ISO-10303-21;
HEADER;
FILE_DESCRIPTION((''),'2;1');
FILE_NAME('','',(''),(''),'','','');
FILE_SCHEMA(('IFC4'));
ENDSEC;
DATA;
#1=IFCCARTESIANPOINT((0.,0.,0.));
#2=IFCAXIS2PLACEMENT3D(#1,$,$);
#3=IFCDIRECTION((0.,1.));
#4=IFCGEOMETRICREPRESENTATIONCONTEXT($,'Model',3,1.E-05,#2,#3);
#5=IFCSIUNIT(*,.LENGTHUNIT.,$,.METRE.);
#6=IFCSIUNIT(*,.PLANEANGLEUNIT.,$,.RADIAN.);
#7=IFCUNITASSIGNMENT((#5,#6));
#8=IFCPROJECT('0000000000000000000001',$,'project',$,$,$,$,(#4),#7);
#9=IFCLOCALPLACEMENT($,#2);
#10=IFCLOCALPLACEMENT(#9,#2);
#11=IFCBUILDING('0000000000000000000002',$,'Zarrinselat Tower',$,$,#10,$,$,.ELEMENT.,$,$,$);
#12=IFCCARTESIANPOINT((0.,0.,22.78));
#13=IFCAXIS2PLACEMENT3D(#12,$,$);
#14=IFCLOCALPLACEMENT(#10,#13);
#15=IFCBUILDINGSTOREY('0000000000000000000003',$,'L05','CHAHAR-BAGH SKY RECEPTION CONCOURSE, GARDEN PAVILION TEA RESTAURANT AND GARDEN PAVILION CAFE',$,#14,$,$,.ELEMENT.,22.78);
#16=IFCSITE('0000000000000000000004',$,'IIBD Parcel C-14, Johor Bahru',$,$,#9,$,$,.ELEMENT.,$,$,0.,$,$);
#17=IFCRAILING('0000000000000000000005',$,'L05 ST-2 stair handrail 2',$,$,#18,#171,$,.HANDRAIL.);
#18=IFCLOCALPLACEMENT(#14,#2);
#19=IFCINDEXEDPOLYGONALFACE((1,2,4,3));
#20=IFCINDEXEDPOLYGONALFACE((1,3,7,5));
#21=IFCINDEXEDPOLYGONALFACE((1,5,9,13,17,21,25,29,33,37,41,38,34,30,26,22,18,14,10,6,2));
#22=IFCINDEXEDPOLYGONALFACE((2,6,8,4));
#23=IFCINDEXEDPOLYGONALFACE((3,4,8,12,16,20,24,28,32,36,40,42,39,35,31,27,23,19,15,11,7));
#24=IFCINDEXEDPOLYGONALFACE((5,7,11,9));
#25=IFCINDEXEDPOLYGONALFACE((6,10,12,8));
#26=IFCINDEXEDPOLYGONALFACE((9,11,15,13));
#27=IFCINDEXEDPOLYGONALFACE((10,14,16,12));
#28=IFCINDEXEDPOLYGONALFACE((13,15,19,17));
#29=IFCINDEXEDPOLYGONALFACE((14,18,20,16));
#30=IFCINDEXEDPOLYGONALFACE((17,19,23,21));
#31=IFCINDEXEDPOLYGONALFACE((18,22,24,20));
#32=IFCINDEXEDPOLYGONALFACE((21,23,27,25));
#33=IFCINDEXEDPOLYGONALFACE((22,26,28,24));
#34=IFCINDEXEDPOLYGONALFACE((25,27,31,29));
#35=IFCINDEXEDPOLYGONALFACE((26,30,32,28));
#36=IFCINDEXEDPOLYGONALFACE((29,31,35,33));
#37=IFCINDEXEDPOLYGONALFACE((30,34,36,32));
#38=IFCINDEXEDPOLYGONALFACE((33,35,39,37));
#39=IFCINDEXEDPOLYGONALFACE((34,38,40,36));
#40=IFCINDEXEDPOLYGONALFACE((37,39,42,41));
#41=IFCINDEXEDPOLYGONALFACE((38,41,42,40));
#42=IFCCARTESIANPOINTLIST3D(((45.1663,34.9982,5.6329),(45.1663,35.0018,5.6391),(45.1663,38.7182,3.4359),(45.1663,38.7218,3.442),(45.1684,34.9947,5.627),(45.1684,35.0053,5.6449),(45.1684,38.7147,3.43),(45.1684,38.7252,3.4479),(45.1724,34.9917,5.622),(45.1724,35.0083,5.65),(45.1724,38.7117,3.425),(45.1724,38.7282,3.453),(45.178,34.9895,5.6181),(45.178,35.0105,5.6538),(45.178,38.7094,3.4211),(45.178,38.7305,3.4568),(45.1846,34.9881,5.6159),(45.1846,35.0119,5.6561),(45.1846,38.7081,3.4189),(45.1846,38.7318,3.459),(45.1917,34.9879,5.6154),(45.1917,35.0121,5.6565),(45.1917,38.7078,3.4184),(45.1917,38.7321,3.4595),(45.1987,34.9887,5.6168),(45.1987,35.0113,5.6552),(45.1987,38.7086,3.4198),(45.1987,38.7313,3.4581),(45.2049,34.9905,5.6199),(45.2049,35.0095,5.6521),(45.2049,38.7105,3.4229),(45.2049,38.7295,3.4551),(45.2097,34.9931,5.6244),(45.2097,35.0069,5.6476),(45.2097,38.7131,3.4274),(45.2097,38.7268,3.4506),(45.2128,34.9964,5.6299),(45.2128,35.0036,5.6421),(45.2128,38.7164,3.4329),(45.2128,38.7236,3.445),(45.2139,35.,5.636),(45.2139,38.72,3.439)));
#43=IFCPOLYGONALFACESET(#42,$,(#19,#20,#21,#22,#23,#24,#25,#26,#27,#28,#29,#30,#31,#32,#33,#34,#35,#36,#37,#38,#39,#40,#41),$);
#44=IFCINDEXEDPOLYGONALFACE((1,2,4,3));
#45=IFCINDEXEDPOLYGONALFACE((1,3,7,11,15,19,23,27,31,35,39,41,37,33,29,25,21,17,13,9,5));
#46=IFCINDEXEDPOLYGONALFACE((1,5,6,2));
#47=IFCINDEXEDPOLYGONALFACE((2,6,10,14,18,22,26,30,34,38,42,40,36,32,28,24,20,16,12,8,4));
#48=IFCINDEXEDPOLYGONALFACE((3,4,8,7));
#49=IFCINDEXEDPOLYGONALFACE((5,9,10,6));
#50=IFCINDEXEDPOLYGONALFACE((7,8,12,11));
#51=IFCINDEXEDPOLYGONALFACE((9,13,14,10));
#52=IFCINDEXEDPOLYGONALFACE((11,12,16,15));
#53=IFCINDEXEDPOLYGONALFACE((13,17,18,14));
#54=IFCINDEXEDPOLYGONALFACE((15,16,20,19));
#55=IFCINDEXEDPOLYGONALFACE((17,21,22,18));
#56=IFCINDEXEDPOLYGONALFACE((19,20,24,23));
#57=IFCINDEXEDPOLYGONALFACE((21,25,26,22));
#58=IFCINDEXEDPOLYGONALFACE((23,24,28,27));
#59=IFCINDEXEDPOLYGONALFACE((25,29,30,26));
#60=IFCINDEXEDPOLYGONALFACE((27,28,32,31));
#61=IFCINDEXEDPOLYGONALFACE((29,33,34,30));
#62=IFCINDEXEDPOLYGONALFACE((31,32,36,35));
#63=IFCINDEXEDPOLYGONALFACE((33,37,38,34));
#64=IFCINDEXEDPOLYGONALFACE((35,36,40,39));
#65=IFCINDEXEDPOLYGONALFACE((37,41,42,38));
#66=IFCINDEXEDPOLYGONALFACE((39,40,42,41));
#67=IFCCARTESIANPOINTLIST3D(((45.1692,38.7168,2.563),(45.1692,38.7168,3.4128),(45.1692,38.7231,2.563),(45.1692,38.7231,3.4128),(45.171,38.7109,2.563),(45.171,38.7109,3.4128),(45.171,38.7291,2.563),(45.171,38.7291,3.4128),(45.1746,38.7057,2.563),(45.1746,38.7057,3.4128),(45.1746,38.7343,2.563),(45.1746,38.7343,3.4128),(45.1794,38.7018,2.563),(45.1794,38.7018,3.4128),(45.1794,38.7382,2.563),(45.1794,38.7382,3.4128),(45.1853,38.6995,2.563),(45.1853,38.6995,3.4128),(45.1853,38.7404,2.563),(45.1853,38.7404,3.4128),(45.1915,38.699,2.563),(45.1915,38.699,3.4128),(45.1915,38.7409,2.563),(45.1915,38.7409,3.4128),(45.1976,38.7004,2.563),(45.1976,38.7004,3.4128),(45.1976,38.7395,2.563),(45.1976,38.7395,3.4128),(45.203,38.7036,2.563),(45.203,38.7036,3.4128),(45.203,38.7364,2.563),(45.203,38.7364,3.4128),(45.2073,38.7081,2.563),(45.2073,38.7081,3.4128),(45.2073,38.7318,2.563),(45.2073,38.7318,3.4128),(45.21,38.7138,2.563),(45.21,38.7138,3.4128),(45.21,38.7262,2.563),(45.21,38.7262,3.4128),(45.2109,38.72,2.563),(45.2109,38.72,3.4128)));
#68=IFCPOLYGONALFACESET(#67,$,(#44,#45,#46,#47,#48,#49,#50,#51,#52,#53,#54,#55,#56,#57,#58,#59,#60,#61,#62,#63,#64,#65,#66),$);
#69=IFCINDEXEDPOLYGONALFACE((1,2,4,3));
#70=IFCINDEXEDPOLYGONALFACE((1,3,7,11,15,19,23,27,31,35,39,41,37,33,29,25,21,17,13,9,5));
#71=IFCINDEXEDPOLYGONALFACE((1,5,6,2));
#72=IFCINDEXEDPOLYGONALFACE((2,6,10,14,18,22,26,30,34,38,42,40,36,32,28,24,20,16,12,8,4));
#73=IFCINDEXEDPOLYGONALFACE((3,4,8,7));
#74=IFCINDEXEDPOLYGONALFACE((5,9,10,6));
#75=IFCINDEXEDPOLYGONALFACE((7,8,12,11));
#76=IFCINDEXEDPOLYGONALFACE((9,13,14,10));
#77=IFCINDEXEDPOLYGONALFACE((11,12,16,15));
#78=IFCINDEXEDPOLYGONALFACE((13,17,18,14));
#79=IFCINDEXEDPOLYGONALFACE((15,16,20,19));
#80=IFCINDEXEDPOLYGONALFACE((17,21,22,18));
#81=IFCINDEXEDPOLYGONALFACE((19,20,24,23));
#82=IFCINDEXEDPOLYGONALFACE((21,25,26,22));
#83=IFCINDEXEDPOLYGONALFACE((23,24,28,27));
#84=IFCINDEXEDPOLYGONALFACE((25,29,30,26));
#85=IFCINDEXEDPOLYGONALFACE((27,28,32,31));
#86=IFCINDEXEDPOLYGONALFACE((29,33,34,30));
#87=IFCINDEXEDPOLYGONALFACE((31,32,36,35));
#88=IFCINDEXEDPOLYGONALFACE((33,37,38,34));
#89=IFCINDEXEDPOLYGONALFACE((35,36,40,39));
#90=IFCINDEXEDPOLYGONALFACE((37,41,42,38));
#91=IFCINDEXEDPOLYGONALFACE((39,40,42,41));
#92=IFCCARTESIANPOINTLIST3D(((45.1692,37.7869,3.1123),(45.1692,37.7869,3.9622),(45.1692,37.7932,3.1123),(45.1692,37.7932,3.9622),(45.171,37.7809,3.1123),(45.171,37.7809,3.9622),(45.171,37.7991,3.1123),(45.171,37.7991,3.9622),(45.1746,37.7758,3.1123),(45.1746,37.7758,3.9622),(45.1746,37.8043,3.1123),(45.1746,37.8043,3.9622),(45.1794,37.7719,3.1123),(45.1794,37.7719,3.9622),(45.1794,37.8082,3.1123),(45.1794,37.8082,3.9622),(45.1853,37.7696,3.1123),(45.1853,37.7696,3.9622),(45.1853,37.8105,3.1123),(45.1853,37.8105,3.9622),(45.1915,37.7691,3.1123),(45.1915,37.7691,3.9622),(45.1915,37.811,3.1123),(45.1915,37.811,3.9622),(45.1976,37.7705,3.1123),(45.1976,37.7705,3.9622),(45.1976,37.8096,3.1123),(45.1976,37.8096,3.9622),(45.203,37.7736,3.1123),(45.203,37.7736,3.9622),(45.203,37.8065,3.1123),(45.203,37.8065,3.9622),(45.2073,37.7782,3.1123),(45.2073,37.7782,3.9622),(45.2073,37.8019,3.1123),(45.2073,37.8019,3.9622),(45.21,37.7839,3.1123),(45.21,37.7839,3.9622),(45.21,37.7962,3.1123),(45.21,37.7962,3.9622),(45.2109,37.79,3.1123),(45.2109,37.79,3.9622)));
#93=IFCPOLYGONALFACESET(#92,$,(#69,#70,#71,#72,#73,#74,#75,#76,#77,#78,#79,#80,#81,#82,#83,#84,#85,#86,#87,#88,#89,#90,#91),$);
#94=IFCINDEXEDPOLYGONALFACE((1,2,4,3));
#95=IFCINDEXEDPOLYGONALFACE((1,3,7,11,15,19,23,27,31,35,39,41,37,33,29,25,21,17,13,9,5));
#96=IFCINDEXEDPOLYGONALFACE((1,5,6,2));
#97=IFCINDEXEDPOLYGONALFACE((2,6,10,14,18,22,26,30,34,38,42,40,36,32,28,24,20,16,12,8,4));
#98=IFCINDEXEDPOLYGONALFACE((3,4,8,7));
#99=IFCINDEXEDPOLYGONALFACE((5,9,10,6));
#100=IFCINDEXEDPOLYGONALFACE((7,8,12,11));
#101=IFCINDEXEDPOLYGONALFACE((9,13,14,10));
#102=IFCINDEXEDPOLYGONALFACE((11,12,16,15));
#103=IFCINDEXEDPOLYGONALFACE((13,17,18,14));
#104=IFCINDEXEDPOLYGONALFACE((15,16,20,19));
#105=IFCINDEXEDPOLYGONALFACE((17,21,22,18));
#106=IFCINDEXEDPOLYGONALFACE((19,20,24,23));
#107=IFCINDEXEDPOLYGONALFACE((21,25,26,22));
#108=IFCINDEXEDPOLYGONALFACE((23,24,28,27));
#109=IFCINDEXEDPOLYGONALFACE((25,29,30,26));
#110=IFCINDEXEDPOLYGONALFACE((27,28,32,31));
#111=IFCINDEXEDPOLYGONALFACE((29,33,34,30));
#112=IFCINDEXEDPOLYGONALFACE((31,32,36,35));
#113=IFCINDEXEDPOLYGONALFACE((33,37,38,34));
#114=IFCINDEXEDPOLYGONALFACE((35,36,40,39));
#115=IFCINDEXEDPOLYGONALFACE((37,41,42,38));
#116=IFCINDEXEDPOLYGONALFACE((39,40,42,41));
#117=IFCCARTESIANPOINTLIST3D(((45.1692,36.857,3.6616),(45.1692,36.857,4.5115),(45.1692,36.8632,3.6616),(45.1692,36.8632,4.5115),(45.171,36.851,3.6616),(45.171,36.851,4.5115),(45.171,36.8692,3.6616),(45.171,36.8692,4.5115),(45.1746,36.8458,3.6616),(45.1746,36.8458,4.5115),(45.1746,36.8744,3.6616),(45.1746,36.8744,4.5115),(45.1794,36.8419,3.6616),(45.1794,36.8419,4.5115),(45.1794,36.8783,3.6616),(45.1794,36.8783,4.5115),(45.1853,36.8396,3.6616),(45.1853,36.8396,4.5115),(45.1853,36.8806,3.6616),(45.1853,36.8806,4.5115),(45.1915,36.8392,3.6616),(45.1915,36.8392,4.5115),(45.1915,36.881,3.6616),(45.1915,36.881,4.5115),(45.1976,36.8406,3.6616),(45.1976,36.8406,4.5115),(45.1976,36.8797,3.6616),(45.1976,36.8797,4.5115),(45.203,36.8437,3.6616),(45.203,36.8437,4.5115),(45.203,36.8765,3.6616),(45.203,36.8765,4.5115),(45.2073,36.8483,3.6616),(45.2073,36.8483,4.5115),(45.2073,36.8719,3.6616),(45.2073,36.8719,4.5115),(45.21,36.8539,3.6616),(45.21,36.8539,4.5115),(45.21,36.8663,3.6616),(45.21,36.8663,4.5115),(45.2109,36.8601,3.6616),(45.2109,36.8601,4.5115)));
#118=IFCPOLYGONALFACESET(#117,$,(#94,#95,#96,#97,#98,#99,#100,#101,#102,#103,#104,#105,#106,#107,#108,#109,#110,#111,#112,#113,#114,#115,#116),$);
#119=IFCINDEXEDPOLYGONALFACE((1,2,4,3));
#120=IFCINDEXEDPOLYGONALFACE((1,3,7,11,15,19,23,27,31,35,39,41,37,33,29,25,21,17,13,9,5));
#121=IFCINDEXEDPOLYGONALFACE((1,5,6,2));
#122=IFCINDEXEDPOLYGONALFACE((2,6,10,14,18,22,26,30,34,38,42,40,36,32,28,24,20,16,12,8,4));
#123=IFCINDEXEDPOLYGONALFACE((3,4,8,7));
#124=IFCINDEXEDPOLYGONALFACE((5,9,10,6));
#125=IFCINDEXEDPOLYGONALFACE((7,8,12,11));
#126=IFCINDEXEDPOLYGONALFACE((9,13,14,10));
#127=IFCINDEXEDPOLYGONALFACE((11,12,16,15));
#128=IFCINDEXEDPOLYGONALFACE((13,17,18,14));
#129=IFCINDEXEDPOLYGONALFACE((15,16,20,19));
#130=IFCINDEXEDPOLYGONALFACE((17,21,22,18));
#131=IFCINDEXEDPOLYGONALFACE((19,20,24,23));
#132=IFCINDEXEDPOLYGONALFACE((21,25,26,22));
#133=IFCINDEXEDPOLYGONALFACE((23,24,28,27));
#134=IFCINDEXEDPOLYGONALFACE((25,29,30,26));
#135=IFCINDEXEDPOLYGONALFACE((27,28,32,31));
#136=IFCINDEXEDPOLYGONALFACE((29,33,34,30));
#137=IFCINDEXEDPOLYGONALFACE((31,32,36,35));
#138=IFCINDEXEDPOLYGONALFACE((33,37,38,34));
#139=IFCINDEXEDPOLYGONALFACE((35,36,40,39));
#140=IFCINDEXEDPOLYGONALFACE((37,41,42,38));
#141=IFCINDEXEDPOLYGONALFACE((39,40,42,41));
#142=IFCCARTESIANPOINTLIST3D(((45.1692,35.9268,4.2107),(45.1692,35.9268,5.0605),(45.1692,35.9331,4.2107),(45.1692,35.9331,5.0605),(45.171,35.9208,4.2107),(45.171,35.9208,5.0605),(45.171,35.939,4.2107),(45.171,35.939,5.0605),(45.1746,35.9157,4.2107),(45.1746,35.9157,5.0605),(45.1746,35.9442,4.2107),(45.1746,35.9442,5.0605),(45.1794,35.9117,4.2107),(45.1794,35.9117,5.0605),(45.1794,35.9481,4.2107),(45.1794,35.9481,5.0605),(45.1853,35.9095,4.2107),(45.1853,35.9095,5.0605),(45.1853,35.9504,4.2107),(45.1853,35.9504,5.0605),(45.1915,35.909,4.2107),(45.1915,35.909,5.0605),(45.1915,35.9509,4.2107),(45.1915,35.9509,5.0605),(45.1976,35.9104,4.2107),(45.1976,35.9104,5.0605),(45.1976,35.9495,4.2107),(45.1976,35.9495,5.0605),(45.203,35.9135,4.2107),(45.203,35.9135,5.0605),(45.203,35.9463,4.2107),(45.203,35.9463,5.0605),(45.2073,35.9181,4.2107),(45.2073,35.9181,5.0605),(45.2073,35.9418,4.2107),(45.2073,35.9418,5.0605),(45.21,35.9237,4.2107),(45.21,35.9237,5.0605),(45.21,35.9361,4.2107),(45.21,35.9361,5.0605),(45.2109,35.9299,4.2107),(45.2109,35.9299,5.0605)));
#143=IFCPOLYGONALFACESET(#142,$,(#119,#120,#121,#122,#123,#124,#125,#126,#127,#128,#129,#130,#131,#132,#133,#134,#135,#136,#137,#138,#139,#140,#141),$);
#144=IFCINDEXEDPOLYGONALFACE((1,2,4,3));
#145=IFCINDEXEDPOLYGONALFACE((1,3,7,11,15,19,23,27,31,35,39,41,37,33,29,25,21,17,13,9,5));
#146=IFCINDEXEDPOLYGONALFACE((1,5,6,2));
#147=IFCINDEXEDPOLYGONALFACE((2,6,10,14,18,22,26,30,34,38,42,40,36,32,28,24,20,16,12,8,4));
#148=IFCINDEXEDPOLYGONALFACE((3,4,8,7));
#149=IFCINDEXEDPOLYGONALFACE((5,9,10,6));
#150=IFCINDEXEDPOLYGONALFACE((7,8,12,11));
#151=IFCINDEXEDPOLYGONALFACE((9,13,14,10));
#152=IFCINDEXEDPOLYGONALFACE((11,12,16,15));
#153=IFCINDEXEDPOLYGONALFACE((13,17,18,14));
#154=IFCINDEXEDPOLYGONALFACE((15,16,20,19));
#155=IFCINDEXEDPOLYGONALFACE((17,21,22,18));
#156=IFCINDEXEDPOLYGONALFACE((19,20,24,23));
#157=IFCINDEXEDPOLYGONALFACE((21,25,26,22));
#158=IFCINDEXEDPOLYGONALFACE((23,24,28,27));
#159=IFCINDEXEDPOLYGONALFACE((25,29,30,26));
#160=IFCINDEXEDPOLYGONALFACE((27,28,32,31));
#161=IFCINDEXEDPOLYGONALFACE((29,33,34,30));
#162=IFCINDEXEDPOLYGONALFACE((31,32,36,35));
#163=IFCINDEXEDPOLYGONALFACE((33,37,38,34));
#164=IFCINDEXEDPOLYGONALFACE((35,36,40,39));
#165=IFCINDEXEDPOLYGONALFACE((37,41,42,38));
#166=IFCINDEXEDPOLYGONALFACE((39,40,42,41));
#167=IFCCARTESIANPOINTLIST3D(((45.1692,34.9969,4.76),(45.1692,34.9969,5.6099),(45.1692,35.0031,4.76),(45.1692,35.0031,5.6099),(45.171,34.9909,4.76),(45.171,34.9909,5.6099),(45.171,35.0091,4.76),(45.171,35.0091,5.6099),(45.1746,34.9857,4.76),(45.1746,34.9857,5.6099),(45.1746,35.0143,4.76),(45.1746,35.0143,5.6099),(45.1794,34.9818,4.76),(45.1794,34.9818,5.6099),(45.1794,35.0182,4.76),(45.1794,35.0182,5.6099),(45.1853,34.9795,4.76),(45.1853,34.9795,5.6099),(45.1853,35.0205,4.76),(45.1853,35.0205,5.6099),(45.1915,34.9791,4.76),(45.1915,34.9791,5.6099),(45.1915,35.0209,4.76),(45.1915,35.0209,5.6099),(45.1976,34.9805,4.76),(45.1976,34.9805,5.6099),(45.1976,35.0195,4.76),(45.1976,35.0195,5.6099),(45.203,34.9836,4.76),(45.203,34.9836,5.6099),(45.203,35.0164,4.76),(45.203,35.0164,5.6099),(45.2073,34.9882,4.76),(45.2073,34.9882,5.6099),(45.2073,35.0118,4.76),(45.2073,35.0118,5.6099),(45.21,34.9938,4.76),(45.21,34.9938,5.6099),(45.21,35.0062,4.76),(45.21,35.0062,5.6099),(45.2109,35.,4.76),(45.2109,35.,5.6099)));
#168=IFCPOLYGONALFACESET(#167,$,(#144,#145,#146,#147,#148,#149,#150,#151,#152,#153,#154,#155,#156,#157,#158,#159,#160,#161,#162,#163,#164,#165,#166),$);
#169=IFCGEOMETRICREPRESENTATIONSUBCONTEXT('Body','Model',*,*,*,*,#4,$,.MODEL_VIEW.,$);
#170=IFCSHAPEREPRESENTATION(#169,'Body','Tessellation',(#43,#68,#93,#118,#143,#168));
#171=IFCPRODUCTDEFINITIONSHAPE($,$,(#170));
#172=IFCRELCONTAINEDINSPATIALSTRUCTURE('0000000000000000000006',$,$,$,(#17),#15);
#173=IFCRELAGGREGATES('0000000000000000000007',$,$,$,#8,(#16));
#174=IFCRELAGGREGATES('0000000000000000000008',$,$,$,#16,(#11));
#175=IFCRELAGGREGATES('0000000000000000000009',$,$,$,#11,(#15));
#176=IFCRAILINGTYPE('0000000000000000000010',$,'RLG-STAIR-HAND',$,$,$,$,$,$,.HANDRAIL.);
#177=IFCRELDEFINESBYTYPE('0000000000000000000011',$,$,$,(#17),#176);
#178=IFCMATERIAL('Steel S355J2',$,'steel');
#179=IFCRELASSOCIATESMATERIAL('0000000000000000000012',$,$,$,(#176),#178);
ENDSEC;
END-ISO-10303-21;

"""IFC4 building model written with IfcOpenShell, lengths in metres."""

from ifc_helpers import new_model, si_unit, direction, frame, origin, origin_2d, place, context, subcontext, project, spatial, circle, extrude, material, type_object, element, save


model = new_model("IFC4")

# Units and contexts
model_context = context("Model", 3, precision=1e-05, world=origin(), true_north=direction((0.0, 1.0)))
body_context = subcontext(model_context, "Body", "Model", "MODEL_VIEW")
ifc_project = project(units=[si_unit("LENGTHUNIT", "METRE"), si_unit("PLANEANGLEUNIT", "RADIAN")], contexts=[model_context])

# Site, building, storey
site_placement = place(None, origin())
site = spatial("IfcSite", under=ifc_project, at=site_placement, Name="IIBD Parcel C-14, Johor Bahru", CompositionType="ELEMENT", RefElevation=0.0)
building_placement = place(site_placement, origin())
building = spatial("IfcBuilding", under=site, at=building_placement, Name="Zarrinselat Tower", CompositionType="ELEMENT")
storey_placement = place(building_placement, frame((0.0, 0.0, 22.78)))
storey = spatial("IfcBuildingStorey", under=building, at=storey_placement, Name="L05", Description="CHAHAR-BAGH SKY RECEPTION CONCOURSE, GARDEN PAVILION TEA RESTAURANT AND GARDEN PAVILION CAFE", CompositionType="ELEMENT", Elevation=22.78)

# Railing
ifc_material_1 = material(Name="Steel S355J2", Category="steel")
railing_type = type_object("IfcRailingType", Name="RLG-STAIR-HAND", PredefinedType="HANDRAIL", material=ifc_material_1)
railing_placement = place(storey_placement, frame((45.1899, 38.72, 2.563)))
element("IfcRailing", 1, at=railing_placement, inside=storey, type_object=railing_type, Name="L05 ST-2 stair handrail 2", PredefinedType="HANDRAIL", context=body_context, shape_type="SweptSolid", body=[
    extrude(circle(Radius=0.0239, at=origin_2d()), frame((0.0, 0.0, 0.876), z_axis=(0.0, -0.861042, 0.508533), x_axis=(1.0, 0.0, 0.0)), (0.0, 0.0, 1.0), 4.3203),
    extrude(circle(Radius=0.021, at=origin_2d()), origin(), (0.0, 0.0, 1.0), 0.8499),
    extrude(circle(Radius=0.021, at=origin_2d()), frame((0.0, -0.9299, 0.5493)), (0.0, 0.0, 1.0), 0.8499),
    extrude(circle(Radius=0.021, at=origin_2d()), frame((0.0, -1.8599, 1.0986)), (0.0, 0.0, 1.0), 0.8499),
    extrude(circle(Radius=0.021, at=origin_2d()), frame((0.0, -2.79, 1.6477)), (0.0, 0.0, 1.0), 0.8499),
    extrude(circle(Radius=0.021, at=origin_2d()), frame((0.0, -3.72, 2.197)), (0.0, 0.0, 1.0), 0.8499),
])

save(model, "model.ifc")
